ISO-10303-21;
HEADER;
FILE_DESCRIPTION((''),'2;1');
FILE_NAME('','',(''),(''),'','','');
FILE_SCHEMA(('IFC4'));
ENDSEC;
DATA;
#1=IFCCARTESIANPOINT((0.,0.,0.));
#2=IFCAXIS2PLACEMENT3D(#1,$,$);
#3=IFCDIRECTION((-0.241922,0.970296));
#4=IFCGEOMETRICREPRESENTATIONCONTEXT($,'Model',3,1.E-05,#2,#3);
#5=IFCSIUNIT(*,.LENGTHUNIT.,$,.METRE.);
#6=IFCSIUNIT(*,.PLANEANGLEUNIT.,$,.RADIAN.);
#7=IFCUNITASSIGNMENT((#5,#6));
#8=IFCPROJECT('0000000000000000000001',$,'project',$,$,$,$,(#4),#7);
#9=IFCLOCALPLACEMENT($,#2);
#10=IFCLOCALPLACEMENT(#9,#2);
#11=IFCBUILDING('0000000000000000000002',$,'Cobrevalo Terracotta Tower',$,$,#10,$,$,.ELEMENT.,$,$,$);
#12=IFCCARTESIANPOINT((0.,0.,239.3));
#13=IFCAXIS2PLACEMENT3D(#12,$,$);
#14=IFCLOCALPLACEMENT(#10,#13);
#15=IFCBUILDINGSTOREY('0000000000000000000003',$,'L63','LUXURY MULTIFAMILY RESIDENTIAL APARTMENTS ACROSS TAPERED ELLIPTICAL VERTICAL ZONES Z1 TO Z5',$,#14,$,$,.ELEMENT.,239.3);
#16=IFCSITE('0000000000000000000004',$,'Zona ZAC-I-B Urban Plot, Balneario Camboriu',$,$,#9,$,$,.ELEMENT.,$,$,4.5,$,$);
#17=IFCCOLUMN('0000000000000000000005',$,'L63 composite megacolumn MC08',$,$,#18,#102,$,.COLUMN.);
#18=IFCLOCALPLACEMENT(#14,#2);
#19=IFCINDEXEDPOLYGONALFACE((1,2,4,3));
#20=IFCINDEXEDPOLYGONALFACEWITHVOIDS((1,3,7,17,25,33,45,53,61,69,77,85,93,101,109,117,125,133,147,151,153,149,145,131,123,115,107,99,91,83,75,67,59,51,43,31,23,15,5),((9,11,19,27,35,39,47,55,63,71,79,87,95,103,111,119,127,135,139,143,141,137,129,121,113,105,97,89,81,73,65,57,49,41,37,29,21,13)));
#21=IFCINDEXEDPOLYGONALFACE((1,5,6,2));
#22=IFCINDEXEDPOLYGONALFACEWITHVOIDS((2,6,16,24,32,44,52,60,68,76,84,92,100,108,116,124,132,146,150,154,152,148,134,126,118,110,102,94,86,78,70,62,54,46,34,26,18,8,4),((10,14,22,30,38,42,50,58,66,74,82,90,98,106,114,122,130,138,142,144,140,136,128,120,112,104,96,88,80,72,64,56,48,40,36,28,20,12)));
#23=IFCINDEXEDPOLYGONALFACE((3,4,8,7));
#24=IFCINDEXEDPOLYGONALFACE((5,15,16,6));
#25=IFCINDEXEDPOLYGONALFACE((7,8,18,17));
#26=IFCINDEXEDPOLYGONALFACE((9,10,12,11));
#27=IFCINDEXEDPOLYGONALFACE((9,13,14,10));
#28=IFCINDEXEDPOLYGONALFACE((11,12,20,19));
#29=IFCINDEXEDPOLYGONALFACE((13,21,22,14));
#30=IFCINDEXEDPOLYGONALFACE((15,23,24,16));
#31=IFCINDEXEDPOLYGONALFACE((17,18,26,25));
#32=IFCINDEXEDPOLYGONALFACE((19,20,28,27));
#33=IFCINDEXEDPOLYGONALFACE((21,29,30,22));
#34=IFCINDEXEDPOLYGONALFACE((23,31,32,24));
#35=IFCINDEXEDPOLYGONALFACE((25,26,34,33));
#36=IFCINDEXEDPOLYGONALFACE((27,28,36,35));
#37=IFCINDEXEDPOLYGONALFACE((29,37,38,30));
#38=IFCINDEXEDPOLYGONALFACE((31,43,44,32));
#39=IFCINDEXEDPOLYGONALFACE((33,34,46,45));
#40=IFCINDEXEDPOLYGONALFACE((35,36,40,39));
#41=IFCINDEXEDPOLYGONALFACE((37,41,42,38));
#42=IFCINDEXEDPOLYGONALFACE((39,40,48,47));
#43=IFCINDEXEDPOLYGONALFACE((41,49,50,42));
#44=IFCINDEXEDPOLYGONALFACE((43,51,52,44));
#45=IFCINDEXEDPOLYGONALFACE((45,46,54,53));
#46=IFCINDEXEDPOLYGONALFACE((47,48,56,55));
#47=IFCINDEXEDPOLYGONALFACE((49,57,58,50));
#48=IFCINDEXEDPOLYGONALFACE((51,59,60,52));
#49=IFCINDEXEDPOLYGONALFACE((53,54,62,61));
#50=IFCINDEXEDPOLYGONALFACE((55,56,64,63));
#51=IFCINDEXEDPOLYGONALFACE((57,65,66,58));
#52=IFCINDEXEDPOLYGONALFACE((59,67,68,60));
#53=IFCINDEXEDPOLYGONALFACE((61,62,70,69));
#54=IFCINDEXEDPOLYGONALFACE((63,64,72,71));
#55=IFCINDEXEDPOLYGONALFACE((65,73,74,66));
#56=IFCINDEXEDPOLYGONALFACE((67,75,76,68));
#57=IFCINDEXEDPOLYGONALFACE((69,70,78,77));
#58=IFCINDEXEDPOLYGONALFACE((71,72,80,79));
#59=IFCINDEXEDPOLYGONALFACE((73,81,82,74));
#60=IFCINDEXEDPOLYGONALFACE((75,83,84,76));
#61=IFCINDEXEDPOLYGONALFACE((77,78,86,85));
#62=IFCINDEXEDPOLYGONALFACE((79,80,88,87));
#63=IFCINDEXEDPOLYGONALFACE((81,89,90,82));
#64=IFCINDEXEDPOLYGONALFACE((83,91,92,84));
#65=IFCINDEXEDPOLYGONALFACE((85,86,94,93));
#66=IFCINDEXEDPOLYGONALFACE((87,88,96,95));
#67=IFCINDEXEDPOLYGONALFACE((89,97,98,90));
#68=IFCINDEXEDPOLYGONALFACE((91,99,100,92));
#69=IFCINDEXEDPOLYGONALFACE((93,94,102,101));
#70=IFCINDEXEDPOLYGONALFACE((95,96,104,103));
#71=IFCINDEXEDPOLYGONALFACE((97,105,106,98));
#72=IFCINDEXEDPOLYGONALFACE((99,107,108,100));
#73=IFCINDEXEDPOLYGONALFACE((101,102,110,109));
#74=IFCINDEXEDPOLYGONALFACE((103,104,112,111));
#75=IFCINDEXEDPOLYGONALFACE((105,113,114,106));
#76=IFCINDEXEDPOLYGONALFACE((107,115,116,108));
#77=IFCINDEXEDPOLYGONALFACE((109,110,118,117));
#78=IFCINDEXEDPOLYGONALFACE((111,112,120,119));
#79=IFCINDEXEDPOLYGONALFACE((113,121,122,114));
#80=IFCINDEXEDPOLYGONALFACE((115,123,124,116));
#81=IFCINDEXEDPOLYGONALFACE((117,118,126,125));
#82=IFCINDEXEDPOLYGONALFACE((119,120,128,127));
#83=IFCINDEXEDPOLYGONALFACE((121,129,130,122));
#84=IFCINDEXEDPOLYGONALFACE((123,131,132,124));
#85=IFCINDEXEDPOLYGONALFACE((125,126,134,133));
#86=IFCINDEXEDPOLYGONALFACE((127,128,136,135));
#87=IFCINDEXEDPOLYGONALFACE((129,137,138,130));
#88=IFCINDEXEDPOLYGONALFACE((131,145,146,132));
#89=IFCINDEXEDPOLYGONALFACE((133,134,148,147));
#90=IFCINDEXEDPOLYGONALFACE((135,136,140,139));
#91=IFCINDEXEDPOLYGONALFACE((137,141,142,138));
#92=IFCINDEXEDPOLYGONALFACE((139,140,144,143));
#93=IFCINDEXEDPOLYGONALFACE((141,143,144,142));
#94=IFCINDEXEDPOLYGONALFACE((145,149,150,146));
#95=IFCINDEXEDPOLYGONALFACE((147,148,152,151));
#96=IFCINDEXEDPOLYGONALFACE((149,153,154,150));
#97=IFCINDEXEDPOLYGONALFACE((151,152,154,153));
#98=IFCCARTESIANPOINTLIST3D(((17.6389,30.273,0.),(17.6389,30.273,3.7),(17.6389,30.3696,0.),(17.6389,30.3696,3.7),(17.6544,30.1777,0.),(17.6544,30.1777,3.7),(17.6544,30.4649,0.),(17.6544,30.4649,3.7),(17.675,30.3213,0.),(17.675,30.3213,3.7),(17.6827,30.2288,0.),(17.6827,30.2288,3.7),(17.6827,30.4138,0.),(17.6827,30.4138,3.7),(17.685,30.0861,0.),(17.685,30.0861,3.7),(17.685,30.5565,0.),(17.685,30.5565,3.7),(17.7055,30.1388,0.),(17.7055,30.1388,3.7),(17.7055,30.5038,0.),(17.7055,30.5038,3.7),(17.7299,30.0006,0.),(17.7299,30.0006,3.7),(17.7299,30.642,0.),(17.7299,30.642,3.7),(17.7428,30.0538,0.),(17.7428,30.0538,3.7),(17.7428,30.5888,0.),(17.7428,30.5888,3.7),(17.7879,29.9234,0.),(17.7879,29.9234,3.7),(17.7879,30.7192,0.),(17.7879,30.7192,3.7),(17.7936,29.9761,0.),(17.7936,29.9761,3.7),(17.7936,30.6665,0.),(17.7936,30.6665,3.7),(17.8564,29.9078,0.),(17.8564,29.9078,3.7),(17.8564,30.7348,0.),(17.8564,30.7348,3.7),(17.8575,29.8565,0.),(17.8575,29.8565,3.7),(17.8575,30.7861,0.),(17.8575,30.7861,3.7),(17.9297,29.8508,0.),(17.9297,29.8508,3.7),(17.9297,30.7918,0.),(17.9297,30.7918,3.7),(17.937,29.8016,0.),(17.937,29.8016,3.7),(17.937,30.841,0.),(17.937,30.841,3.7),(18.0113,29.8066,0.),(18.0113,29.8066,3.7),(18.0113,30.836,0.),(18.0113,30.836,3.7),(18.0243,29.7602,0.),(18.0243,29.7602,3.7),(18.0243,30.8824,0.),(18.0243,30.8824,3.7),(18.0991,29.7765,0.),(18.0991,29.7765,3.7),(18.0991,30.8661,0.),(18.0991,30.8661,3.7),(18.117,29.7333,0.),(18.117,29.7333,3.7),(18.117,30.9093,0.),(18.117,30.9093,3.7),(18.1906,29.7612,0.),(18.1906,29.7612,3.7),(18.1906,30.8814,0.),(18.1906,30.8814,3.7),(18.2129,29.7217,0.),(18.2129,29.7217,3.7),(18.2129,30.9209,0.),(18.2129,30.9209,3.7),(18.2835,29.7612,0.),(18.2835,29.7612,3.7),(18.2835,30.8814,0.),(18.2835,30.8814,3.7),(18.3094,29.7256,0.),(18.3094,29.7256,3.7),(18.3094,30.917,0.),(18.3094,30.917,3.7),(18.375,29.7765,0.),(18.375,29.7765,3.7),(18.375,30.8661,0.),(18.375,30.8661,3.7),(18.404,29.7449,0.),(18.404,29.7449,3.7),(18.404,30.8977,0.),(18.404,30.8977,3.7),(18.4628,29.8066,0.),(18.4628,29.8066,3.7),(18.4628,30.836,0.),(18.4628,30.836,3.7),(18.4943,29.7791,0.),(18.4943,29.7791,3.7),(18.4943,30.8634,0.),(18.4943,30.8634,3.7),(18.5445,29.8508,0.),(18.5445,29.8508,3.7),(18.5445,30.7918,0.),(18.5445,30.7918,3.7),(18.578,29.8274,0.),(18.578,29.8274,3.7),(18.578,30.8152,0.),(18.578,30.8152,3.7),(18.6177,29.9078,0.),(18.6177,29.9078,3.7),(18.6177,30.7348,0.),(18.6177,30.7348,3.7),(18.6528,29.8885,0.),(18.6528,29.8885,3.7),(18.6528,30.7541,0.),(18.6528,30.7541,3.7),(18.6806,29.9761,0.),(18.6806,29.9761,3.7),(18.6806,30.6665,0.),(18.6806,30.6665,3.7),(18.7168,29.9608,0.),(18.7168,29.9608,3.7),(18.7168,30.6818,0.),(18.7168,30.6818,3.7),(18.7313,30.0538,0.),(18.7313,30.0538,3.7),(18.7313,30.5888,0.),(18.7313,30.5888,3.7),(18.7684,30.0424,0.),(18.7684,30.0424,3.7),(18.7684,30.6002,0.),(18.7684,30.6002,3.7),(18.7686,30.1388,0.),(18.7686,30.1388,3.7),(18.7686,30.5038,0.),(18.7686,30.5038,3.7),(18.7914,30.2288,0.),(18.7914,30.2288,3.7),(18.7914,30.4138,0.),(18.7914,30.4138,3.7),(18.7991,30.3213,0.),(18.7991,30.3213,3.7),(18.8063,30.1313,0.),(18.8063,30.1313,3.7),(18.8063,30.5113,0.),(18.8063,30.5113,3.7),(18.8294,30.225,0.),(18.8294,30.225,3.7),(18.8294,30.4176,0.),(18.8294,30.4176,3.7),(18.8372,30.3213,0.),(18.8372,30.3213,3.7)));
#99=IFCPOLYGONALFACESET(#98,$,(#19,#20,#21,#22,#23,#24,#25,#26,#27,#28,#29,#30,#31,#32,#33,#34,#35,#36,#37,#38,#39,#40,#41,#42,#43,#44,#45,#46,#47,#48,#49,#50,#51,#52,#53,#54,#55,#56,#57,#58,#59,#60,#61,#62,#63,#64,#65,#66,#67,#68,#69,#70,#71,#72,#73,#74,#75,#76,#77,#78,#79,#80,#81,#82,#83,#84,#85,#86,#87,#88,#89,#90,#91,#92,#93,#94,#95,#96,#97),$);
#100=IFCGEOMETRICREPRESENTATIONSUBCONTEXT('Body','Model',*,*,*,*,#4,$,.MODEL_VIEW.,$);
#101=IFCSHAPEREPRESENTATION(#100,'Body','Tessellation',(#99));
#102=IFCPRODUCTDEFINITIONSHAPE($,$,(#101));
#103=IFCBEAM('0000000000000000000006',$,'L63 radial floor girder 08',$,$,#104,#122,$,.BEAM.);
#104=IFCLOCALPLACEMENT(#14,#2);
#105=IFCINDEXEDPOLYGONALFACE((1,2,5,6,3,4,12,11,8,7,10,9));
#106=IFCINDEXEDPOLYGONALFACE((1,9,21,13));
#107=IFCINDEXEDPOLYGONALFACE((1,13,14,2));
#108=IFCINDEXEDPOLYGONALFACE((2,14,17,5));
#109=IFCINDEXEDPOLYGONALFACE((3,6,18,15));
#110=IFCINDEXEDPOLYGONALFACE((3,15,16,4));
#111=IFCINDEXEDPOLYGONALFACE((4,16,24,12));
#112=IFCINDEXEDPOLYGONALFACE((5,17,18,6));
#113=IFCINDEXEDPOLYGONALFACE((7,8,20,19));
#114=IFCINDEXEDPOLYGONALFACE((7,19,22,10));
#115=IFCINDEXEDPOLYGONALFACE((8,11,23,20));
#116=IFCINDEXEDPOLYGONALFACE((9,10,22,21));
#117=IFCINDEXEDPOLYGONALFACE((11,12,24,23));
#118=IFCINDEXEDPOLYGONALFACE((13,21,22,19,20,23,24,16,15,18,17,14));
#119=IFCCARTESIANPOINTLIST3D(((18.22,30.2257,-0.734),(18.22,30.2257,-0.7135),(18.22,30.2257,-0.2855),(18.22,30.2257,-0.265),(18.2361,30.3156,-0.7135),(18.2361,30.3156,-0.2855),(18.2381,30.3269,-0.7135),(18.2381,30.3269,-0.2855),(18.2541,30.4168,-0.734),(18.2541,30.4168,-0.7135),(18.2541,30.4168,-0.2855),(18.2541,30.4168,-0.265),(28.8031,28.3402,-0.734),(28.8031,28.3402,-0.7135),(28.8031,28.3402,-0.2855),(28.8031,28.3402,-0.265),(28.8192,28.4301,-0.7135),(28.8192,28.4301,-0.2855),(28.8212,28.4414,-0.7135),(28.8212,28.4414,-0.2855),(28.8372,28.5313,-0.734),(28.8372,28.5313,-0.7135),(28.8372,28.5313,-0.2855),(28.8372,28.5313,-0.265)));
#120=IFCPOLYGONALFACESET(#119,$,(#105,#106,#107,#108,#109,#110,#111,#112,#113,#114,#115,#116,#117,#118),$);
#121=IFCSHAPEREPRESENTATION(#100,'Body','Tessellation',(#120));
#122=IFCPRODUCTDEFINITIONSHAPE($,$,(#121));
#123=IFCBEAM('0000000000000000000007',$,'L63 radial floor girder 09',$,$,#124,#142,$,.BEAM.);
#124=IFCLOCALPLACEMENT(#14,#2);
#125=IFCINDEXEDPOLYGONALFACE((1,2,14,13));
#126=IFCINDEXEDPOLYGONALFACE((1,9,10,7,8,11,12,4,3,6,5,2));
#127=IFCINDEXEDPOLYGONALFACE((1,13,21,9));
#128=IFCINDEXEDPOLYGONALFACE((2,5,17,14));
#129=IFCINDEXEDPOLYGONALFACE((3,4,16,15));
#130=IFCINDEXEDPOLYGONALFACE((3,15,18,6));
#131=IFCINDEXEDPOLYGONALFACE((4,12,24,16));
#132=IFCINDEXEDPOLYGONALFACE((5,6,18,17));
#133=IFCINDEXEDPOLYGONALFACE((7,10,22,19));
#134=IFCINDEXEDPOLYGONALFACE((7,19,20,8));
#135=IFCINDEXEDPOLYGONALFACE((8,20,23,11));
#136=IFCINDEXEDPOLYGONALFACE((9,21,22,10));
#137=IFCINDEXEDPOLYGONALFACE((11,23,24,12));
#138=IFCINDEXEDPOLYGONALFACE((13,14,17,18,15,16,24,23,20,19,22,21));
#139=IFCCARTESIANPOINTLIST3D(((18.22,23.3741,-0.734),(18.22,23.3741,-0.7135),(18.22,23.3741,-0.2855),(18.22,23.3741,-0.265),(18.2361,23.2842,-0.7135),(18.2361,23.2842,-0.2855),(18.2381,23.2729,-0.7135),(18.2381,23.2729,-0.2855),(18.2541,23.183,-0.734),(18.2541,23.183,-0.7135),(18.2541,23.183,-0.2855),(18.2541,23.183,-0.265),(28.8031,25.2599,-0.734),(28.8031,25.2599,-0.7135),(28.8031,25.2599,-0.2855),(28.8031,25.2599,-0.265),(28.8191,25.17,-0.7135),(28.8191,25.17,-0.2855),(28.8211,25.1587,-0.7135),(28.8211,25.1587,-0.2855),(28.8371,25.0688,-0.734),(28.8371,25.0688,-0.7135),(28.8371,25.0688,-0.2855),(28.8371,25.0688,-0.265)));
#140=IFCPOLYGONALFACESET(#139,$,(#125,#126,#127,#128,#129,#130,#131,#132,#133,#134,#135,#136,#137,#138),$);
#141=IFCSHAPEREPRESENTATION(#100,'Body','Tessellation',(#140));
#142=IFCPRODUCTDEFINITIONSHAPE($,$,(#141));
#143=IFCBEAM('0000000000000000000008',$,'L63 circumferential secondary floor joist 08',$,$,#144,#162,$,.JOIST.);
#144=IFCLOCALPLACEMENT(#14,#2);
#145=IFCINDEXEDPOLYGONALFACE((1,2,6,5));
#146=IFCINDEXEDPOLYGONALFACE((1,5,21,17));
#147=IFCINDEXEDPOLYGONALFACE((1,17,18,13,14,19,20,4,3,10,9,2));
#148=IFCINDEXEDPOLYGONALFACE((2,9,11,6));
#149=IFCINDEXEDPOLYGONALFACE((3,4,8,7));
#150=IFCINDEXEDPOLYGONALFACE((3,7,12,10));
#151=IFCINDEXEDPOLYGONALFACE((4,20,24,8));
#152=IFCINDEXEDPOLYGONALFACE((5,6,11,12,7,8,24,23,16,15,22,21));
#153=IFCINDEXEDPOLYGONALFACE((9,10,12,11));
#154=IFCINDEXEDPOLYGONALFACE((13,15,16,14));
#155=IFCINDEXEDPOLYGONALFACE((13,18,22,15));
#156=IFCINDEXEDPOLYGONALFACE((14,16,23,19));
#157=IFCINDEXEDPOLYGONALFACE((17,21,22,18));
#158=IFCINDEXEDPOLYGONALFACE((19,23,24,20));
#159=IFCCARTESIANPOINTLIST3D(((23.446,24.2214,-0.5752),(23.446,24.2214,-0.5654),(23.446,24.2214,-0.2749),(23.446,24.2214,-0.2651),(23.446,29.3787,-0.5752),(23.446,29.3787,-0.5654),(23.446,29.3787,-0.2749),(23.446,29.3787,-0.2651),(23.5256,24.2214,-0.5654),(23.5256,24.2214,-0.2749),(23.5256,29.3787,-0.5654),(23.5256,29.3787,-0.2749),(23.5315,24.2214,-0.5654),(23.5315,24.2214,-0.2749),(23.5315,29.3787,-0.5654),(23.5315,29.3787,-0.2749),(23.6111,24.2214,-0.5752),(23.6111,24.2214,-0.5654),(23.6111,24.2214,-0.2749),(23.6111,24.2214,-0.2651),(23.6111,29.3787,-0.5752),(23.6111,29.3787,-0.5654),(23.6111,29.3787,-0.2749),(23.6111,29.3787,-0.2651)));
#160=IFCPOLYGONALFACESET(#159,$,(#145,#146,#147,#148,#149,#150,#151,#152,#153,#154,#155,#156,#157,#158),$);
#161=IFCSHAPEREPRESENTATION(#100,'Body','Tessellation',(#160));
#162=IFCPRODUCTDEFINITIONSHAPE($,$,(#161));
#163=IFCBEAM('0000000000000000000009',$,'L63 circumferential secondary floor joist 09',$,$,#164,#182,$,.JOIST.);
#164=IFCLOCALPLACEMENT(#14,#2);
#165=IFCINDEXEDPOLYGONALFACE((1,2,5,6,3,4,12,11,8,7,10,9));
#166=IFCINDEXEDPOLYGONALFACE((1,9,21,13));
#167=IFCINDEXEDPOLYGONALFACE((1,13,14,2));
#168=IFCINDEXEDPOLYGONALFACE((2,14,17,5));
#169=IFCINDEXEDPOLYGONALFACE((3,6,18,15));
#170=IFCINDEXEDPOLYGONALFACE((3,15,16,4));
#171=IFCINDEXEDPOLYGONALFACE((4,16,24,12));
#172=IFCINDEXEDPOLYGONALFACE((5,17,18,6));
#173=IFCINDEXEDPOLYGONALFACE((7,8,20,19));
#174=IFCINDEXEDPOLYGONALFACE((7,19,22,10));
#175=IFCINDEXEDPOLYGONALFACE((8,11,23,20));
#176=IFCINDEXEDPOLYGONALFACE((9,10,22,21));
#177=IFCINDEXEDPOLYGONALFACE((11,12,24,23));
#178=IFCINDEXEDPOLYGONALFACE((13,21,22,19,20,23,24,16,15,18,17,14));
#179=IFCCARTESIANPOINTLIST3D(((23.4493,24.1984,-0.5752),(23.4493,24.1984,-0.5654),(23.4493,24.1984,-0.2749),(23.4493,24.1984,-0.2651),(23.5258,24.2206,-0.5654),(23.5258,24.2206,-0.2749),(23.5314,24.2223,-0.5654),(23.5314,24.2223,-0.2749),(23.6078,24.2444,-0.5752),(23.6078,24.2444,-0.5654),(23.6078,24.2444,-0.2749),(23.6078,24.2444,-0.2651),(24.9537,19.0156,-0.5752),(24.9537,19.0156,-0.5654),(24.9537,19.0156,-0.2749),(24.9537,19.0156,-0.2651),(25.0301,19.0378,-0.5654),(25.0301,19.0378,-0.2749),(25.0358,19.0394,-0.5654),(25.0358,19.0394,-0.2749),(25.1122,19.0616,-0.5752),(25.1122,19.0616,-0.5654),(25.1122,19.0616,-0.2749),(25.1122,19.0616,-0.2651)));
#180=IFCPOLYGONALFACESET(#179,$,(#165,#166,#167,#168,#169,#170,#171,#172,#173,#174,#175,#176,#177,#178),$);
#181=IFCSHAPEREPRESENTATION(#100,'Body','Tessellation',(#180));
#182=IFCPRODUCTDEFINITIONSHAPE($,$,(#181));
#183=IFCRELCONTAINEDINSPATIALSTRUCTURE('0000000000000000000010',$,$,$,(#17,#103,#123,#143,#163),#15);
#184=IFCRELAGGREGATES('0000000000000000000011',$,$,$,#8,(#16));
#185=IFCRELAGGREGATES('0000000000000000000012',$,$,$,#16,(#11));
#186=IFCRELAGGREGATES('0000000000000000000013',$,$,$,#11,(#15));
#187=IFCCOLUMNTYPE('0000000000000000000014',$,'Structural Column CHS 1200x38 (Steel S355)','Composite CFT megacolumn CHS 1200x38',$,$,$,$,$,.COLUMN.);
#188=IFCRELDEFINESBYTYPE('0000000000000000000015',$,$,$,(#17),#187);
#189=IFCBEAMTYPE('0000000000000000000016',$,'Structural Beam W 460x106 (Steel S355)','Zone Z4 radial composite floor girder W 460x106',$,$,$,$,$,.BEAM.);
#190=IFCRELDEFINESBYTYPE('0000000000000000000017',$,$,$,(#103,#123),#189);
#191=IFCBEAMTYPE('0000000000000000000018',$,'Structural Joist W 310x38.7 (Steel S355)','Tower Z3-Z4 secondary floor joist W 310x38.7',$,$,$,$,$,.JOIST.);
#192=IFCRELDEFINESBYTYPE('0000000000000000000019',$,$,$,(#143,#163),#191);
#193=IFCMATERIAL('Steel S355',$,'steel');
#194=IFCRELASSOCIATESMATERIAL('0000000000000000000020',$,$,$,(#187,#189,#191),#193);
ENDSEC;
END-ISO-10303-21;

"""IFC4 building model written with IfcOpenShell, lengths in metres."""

from ifc_helpers import new_model, si_unit, direction, frame, origin, origin_2d, place, context, subcontext, project, spatial, hollow_circle, i_section, extrude, material, material_profile, profile_set, type_object, element, save


model = new_model("IFC4")

# Units and contexts
model_context = context("Model", 3, precision=1e-05, world=origin(), true_north=direction((-0.241922, 0.970296)))
body_context = subcontext(model_context, "Body", "Model", "MODEL_VIEW")
ifc_project = project(units=[si_unit("LENGTHUNIT", "METRE"), si_unit("PLANEANGLEUNIT", "RADIAN")], contexts=[model_context])

# Site, building, storey
site_placement = place(None, origin())
site = spatial("IfcSite", under=ifc_project, at=site_placement, Name="Zona ZAC-I-B Urban Plot, Balneario Camboriu", CompositionType="ELEMENT", RefElevation=4.5)
building_placement = place(site_placement, origin())
building = spatial("IfcBuilding", under=site, at=building_placement, Name="Cobrevalo Terracotta Tower", CompositionType="ELEMENT")
storey_placement = place(building_placement, frame((0.0, 0.0, 239.3)))
storey = spatial("IfcBuildingStorey", under=building, at=storey_placement, Name="L63", Description="LUXURY MULTIFAMILY RESIDENTIAL APARTMENTS ACROSS TAPERED ELLIPTICAL VERTICAL ZONES Z1 TO Z5", CompositionType="ELEMENT", Elevation=239.3)

# Column
ifc_material_1 = material(Name="Steel S355", Category="steel")
ifc_material_profile_1 = material_profile(ifc_material_1, hollow_circle(Radius=0.6001, WallThickness=0.0381, at=origin_2d()), Name="CHS 1200x38")
ifc_profile_set_1 = profile_set([ifc_material_profile_1], Name="Steel S355")
column_type = type_object("IfcColumnType", Name="Structural Column CHS 1200x38 (Steel S355)", Description="Composite CFT megacolumn CHS 1200x38", PredefinedType="COLUMN", material=ifc_profile_set_1)
column_placement = place(storey_placement, frame((18.2371, 30.3213, 0.0), z_axis=(0.0, 0.0, 1.0), x_axis=(1.0, 0.0, 0.0)))
element("IfcColumn", 1, at=column_placement, inside=storey, type_object=column_type, Name="L63 composite megacolumn MC08", PredefinedType="COLUMN", context=body_context, shape_type="SweptSolid", body=[
    extrude(hollow_circle(Radius=0.6001, WallThickness=0.0381, at=origin_2d()), origin(), (0.0, 0.0, 1.0), 3.7),
])

# Beams
ifc_material_profile_2 = material_profile(ifc_material_1, i_section(OverallWidth=0.1941, OverallDepth=0.469, WebThickness=0.0115, FlangeThickness=0.0205, at=origin_2d()), Name="W 460x106")
ifc_profile_set_2 = profile_set([ifc_material_profile_2], Name="Steel S355")
beam_type_1 = type_object("IfcBeamType", Name="Structural Beam W 460x106 (Steel S355)", Description="Zone Z4 radial composite floor girder W 460x106", PredefinedType="BEAM", material=ifc_profile_set_2)
for number, where, z_axis, x_axis, name in (
    (2, (18.2371, 30.3213, -0.4995), (0.984497, -0.175401, 0.0), (0.175401, 0.984497, 0.0), "L63 radial floor girder 08"),
    (3, (18.2371, 23.2786, -0.4995), (0.984493, 0.175423, 0.0), (-0.175423, 0.984493, 0.0), "L63 radial floor girder 09"),
):
    element("IfcBeam", number, at=place(storey_placement, frame(where, z_axis=z_axis, x_axis=x_axis)), inside=storey, type_object=beam_type_1, Name=name, PredefinedType="BEAM", context=body_context, shape_type="SweptSolid", body=[
        extrude(i_section(OverallWidth=0.1941, OverallDepth=0.469, WebThickness=0.0115, FlangeThickness=0.0205, at=origin_2d()), origin(), (0.0, 0.0, 1.0), 10.7498),
    ])
ifc_material_profile_3 = material_profile(ifc_material_1, i_section(OverallWidth=0.165, OverallDepth=0.3101, WebThickness=0.0059, FlangeThickness=0.0098, at=origin_2d()), Name="W 310x38.7")
ifc_profile_set_3 = profile_set([ifc_material_profile_3], Name="Steel S355")
beam_type_2 = type_object("IfcBeamType", Name="Structural Joist W 310x38.7 (Steel S355)", Description="Tower Z3-Z4 secondary floor joist W 310x38.7", PredefinedType="JOIST", material=ifc_profile_set_3)
beam_1_placement = place(storey_placement, frame((23.5286, 29.3787, -0.4202), z_axis=(0.0, -1.0, 0.0), x_axis=(1.0, 0.0, 0.0)))
element("IfcBeam", 4, at=beam_1_placement, inside=storey, type_object=beam_type_2, Name="L63 circumferential secondary floor joist 08", PredefinedType="JOIST", context=body_context, shape_type="SweptSolid", body=[
    extrude(i_section(OverallWidth=0.165, OverallDepth=0.3101, WebThickness=0.0059, FlangeThickness=0.0098, at=origin_2d()), origin(), (0.0, 0.0, 1.0), 5.1572),
])
beam_2_placement = place(storey_placement, frame((23.5286, 24.2214, -0.4202), z_axis=(0.278758, -0.960361, 0.0), x_axis=(0.960361, 0.278758, 0.0)))
element("IfcBeam", 5, at=beam_2_placement, inside=storey, type_object=beam_type_2, Name="L63 circumferential secondary floor joist 09", PredefinedType="JOIST", context=body_context, shape_type="SweptSolid", body=[
    extrude(i_section(OverallWidth=0.165, OverallDepth=0.3101, WebThickness=0.0059, FlangeThickness=0.0098, at=origin_2d()), origin(), (0.0, 0.0, 1.0), 5.3967),
])

save(model, "model.ifc")
